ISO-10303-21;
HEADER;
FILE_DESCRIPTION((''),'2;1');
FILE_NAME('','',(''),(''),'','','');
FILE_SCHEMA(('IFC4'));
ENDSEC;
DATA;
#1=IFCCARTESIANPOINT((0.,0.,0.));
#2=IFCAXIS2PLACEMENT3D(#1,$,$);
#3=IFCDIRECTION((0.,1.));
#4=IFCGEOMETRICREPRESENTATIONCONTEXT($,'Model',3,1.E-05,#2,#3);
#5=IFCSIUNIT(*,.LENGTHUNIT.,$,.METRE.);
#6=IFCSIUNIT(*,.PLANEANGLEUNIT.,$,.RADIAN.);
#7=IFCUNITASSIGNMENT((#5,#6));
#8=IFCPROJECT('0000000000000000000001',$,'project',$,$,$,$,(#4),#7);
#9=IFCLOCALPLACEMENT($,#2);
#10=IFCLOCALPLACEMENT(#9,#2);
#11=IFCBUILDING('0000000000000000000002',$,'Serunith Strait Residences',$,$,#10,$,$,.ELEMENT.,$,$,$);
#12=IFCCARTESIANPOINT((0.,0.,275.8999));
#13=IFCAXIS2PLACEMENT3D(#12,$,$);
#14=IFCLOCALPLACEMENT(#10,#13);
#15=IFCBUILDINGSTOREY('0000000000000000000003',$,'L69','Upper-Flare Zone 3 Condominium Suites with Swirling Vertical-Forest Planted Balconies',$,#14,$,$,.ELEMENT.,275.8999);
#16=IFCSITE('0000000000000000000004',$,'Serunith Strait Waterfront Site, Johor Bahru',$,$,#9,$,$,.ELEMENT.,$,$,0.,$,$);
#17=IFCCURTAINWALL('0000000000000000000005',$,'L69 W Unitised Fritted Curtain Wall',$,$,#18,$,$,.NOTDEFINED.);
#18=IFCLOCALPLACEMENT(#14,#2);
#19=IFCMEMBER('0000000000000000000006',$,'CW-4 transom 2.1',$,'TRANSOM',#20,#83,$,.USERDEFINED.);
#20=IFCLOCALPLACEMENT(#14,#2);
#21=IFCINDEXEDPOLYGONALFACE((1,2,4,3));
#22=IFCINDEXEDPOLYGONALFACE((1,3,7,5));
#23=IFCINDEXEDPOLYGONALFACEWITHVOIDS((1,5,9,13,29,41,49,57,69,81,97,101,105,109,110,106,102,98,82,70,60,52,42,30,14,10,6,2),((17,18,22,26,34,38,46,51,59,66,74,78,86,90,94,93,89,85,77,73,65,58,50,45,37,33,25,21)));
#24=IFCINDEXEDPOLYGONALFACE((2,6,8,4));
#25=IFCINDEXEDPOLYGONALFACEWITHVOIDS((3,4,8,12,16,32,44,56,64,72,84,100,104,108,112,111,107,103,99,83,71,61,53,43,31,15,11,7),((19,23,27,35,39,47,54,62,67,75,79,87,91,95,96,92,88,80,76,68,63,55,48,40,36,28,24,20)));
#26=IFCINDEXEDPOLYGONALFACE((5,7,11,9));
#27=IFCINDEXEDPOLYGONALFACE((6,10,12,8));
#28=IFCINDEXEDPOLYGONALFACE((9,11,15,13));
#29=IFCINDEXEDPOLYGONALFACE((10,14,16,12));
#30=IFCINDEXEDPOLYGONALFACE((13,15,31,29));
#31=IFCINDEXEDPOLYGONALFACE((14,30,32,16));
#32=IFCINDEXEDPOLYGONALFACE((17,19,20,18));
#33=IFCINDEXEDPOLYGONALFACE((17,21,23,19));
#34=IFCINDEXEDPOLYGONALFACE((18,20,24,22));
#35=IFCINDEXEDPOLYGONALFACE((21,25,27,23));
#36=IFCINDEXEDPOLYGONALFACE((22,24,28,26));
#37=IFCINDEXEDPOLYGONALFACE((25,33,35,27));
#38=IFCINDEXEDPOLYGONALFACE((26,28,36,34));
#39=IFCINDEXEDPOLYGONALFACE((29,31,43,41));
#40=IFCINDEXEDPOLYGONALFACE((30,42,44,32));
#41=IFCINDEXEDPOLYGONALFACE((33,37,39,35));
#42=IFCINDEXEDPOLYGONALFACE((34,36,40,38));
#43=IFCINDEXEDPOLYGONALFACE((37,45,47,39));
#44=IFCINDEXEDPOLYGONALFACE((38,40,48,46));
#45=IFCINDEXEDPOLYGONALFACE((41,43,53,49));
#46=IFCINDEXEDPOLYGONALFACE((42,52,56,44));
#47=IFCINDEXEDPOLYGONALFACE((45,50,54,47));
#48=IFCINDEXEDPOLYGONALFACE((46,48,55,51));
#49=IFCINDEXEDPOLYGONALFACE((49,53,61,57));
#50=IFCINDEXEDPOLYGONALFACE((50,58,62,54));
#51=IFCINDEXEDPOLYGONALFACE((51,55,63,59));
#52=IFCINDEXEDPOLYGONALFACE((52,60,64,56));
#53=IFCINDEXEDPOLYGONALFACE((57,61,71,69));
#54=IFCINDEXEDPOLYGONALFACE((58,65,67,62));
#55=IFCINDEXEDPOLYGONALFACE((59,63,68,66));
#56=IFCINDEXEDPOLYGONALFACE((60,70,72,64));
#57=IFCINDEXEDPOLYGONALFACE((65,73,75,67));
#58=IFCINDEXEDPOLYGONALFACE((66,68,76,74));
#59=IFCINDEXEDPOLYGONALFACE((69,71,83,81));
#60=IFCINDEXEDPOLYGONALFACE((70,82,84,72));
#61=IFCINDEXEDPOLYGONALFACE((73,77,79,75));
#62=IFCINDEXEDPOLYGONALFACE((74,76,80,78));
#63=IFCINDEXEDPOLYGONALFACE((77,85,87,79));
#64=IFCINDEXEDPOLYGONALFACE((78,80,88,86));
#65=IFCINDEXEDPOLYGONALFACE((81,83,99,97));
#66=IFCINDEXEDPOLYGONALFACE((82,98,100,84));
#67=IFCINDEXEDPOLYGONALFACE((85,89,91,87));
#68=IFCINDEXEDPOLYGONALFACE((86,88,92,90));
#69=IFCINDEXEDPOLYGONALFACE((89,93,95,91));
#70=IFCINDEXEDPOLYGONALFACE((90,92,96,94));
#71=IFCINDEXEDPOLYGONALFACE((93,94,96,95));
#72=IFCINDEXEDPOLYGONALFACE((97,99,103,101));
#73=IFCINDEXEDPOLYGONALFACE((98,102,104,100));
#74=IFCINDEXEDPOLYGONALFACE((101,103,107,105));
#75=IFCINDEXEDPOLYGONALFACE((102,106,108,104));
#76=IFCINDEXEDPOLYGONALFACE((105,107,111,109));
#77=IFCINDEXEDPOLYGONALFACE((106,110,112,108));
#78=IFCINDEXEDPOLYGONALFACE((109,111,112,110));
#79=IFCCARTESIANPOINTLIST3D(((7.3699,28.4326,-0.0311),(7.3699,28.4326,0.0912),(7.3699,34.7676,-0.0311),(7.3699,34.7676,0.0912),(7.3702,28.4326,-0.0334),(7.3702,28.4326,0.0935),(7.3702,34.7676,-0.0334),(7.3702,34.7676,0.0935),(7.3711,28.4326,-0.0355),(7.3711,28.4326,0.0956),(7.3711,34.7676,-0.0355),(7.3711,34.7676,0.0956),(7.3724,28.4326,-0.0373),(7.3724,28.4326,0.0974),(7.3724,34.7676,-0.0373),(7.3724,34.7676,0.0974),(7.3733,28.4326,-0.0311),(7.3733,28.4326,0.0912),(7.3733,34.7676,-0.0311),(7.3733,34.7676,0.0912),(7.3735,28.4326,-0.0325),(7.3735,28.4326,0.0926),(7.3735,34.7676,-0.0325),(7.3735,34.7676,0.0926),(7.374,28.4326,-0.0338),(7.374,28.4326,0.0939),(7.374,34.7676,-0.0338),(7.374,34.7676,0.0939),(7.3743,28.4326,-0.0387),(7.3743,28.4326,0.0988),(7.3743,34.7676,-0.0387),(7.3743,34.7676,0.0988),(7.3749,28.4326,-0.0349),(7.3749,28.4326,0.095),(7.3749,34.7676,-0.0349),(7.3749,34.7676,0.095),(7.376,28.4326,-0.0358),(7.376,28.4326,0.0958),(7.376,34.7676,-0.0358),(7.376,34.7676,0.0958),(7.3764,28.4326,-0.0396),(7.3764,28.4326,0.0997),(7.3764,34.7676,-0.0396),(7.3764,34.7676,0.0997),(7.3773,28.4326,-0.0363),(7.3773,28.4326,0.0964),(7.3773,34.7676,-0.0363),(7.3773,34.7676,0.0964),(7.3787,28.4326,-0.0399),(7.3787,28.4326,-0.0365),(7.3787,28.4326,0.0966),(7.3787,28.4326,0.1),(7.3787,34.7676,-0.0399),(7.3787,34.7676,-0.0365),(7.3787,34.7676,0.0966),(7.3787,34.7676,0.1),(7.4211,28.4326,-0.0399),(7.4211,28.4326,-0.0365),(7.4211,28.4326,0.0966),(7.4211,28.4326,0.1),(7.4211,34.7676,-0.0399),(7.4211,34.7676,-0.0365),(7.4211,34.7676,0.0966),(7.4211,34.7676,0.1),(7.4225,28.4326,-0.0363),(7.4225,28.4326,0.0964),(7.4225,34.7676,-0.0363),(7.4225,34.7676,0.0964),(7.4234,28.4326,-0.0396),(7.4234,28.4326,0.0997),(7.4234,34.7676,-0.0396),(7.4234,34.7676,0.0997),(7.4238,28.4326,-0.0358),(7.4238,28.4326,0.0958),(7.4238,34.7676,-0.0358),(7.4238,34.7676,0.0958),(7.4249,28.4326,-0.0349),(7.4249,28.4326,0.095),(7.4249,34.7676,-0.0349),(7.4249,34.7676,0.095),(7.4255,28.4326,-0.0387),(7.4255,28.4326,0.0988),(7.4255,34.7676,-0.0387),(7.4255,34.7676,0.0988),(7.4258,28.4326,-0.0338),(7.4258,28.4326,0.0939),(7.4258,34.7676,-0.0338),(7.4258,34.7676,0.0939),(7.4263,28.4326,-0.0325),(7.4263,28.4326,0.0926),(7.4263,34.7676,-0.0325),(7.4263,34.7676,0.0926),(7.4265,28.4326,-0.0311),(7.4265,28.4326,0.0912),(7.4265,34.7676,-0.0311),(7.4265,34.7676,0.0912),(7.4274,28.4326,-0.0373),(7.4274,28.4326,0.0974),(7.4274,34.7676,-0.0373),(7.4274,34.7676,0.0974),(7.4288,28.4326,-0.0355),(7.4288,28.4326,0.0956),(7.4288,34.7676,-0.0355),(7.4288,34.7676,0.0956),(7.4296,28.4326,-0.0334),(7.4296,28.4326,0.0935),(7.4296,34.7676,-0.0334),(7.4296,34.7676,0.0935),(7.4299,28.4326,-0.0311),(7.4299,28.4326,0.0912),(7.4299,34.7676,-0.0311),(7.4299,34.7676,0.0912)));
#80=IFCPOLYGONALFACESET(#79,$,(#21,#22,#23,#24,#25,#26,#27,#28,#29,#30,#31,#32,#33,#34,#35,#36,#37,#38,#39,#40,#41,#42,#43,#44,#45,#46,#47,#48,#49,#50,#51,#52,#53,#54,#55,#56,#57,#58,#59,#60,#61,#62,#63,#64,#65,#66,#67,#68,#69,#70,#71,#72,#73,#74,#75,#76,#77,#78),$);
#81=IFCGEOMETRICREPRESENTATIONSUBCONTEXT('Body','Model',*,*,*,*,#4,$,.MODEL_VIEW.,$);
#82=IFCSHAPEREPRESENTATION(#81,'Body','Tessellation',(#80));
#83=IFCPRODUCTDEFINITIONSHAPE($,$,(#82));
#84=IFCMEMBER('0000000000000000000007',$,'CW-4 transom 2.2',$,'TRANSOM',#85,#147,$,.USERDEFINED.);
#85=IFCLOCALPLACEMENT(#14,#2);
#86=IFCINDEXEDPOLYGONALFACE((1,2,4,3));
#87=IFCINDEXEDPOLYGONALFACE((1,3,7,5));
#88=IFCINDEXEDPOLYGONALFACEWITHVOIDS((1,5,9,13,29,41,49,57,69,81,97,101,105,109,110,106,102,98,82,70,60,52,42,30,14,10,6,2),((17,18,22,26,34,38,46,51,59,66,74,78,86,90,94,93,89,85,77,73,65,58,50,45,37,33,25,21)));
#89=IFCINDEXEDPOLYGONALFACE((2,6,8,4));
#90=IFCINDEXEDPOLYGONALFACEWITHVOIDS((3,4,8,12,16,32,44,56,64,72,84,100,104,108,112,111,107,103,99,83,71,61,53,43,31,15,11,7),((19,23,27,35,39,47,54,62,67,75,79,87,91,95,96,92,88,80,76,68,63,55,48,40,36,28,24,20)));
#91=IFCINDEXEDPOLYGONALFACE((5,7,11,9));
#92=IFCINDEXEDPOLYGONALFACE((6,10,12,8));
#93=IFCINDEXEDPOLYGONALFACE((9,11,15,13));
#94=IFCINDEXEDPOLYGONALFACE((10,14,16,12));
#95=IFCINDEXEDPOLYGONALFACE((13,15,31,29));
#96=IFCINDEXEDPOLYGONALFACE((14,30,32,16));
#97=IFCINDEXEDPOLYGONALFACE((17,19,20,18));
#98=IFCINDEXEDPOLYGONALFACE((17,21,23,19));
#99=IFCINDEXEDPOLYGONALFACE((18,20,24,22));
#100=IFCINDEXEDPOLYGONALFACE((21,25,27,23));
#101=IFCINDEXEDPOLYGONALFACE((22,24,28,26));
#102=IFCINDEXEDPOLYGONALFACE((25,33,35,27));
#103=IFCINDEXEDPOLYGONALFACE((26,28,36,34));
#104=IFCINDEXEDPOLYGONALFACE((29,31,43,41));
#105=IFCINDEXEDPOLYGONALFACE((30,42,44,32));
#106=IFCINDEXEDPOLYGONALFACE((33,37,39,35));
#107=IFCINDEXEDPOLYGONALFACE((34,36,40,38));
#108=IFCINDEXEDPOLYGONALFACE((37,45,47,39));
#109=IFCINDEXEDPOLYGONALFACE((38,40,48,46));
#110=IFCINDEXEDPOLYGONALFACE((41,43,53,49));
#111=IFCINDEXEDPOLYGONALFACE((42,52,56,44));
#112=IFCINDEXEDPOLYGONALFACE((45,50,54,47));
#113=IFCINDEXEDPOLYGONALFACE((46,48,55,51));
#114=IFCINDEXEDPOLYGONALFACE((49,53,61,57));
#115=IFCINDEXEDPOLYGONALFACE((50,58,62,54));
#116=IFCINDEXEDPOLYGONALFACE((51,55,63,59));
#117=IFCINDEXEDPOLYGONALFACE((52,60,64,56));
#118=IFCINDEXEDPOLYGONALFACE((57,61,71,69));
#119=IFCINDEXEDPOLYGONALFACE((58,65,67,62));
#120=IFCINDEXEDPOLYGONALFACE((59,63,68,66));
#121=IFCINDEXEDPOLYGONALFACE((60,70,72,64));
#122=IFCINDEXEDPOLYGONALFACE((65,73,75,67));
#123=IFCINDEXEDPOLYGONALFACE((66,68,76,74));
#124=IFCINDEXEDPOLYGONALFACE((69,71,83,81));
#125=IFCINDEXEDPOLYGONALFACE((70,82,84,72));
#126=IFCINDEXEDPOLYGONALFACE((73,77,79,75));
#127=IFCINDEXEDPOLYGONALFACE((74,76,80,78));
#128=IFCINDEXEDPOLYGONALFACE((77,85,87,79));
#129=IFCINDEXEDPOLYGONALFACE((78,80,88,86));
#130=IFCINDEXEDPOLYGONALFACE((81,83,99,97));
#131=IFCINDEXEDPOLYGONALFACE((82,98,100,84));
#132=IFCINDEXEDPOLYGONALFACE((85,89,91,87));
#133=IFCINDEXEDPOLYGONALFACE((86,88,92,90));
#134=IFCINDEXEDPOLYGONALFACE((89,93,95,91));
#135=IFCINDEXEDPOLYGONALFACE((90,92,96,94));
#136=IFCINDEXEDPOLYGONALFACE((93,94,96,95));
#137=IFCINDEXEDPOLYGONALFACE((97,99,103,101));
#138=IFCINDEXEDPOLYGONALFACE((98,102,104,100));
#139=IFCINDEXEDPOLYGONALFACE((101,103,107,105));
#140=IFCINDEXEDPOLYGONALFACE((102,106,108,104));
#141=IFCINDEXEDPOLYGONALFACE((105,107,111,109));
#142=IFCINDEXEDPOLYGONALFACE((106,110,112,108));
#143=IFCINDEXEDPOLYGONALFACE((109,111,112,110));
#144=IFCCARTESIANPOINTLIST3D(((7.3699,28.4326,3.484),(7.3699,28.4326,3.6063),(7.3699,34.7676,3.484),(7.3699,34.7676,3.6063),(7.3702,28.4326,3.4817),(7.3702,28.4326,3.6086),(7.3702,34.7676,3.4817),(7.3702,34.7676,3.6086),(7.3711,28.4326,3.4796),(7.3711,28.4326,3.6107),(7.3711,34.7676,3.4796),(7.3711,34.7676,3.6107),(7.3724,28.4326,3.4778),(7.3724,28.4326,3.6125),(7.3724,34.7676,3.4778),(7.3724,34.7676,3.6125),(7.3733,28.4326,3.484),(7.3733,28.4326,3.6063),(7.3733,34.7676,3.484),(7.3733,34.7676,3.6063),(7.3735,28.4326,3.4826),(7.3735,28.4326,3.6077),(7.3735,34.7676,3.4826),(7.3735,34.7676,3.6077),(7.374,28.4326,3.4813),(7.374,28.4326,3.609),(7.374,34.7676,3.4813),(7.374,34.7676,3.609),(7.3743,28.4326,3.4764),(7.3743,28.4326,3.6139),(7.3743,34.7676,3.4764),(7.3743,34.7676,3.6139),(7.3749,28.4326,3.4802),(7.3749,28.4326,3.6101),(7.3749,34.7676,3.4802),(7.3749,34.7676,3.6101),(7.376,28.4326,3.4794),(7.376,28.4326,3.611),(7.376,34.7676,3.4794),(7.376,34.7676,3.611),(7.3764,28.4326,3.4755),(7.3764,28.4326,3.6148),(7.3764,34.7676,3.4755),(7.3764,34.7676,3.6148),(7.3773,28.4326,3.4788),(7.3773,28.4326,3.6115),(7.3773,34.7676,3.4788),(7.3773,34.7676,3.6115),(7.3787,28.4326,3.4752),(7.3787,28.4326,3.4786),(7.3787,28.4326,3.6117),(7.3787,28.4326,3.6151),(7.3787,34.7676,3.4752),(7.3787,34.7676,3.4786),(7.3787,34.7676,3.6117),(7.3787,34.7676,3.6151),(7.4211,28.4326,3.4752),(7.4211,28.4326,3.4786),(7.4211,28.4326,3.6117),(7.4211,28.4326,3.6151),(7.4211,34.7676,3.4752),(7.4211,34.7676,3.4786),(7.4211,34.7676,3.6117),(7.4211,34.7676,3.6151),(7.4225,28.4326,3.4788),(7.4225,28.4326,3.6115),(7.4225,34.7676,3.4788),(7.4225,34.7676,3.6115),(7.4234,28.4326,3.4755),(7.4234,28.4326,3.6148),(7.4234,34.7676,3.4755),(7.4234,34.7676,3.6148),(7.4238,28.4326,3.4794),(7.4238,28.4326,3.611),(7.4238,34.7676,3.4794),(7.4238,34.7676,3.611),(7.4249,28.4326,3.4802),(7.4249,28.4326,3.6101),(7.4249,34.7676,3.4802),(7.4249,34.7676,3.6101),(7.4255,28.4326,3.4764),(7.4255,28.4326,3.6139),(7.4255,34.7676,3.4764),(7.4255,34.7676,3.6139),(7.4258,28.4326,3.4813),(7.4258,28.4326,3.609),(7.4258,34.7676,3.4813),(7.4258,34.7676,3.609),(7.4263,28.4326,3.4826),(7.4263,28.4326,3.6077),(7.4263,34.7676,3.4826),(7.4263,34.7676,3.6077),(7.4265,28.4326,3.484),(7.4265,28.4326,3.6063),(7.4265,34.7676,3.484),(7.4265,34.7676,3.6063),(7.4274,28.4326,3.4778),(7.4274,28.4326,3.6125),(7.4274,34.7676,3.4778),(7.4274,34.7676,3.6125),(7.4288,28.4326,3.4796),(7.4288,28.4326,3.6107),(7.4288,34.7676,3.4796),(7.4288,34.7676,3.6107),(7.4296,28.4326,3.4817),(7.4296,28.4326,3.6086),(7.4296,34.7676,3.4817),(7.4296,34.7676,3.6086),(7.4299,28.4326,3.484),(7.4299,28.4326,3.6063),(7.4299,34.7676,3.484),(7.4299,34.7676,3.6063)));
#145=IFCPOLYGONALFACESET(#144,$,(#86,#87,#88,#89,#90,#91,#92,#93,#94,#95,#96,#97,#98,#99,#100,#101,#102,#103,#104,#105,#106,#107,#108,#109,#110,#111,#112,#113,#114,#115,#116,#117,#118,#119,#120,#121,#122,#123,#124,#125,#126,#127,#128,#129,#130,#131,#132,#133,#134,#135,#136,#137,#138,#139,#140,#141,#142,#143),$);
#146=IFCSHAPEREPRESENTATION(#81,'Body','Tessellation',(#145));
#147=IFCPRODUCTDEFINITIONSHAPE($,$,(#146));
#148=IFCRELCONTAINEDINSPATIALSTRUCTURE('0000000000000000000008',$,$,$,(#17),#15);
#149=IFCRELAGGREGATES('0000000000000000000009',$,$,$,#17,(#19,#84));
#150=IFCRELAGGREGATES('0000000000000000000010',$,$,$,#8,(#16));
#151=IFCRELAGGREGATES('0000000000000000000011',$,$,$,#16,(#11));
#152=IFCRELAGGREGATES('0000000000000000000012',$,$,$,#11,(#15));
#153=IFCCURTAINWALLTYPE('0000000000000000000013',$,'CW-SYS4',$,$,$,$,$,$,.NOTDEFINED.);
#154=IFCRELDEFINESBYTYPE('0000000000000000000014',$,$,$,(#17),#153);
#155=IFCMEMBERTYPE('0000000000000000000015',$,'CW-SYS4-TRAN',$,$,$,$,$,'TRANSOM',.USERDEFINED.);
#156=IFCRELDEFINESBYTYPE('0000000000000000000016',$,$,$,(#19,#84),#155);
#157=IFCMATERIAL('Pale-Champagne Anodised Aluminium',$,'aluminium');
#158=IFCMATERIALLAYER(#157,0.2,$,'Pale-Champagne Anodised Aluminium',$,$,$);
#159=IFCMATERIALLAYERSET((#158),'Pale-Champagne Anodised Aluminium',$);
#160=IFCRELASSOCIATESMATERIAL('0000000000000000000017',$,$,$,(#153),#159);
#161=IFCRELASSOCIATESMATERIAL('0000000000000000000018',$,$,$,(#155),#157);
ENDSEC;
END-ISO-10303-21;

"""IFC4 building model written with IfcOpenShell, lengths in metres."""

from ifc_helpers import new_model, si_unit, direction, frame, origin, origin_2d, place, context, subcontext, project, spatial, hollow_rectangle, extrude, source, transform, mapped, material, layer, layer_set, material_profile, profile_set, type_object, element, aggregate, save


model = new_model("IFC4")

# Units and contexts
model_context = context("Model", 3, precision=1e-05, world=origin(), true_north=direction((0.0, 1.0)))
body_context = subcontext(model_context, "Body", "Model", "MODEL_VIEW")
ifc_project = project(units=[si_unit("LENGTHUNIT", "METRE"), si_unit("PLANEANGLEUNIT", "RADIAN")], contexts=[model_context])

# Site, building, storey
site_placement = place(None, origin())
site = spatial("IfcSite", under=ifc_project, at=site_placement, Name="Serunith Strait Waterfront Site, Johor Bahru", CompositionType="ELEMENT", RefElevation=0.0)
building_placement = place(site_placement, origin())
building = spatial("IfcBuilding", under=site, at=building_placement, Name="Serunith Strait Residences", CompositionType="ELEMENT")
storey_placement = place(building_placement, frame((0.0, 0.0, 275.8999)))
storey = spatial("IfcBuildingStorey", under=building, at=storey_placement, Name="L69", Description="Upper-Flare Zone 3 Condominium Suites with Swirling Vertical-Forest Planted Balconies", CompositionType="ELEMENT", Elevation=275.8999)

# Curtain wall, members
ifc_material_1 = material(Name="Pale-Champagne Anodised Aluminium", Category="aluminium")
ifc_layer_1 = layer(ifc_material_1, 0.2, Name="Pale-Champagne Anodised Aluminium")
ifc_layer_set_1 = layer_set([ifc_layer_1], Name="Pale-Champagne Anodised Aluminium")
curtain_wall_type = type_object("IfcCurtainWallType", Name="CW-SYS4", PredefinedType="NOTDEFINED", material=ifc_layer_set_1)
curtain_wall_placement = place(storey_placement, origin())
curtain_wall = element("IfcCurtainWall", 1, at=curtain_wall_placement, inside=storey, type_object=curtain_wall_type, Name="L69 W Unitised Fritted Curtain Wall", PredefinedType="NOTDEFINED")
ifc_material_profile_1 = material_profile(ifc_material_1, hollow_rectangle(XDim=0.0601, YDim=0.1399, WallThickness=0.0034, InnerFilletRadius=0.0054, OuterFilletRadius=0.0088, at=origin_2d()), Name="ALU 140x60x3.5")
ifc_profile_set_1 = profile_set([ifc_material_profile_1], Name="Pale-Champagne Anodised Aluminium")
member_type_1 = type_object("IfcMemberType", Name="CW-SYS4-TRAN", ElementType="TRANSOM", PredefinedType="USERDEFINED", material=ifc_profile_set_1)
shared_shape_1 = source(origin(), body_context, "Body", "SweptSolid", [
    extrude(hollow_rectangle(XDim=0.0601, YDim=0.1399, WallThickness=0.0034, InnerFilletRadius=0.0054, OuterFilletRadius=0.0088, at=origin_2d()), origin(), (0.0, 0.0, 1.0), 6.335),
])
member_1_placement = place(storey_placement, frame((7.3999, 34.7676, 0.03), z_axis=(0.0, -1.0, 0.0), x_axis=(1.0, 0.0, 0.0)))
member_1 = element("IfcMember", 2, at=member_1_placement, type_object=member_type_1, Name="CW-4 transom 2.1", ObjectType="TRANSOM", PredefinedType="USERDEFINED", context=body_context, shape_type="MappedRepresentation", body=[
    mapped(shared_shape_1, transform((0.0, 0.0, 0.0), scale=1.0)),
])
member_2_placement = place(storey_placement, frame((7.3999, 34.7676, 3.5452), z_axis=(0.0, -1.0, 0.0), x_axis=(1.0, 0.0, 0.0)))
member_2 = element("IfcMember", 3, at=member_2_placement, type_object=member_type_1, Name="CW-4 transom 2.2", ObjectType="TRANSOM", PredefinedType="USERDEFINED", context=body_context, shape_type="MappedRepresentation", body=[
    mapped(shared_shape_1, transform((0.0, 0.0, 0.0), scale=1.0)),
])
aggregate(curtain_wall, [member_1, member_2])

save(model, "model.ifc")
